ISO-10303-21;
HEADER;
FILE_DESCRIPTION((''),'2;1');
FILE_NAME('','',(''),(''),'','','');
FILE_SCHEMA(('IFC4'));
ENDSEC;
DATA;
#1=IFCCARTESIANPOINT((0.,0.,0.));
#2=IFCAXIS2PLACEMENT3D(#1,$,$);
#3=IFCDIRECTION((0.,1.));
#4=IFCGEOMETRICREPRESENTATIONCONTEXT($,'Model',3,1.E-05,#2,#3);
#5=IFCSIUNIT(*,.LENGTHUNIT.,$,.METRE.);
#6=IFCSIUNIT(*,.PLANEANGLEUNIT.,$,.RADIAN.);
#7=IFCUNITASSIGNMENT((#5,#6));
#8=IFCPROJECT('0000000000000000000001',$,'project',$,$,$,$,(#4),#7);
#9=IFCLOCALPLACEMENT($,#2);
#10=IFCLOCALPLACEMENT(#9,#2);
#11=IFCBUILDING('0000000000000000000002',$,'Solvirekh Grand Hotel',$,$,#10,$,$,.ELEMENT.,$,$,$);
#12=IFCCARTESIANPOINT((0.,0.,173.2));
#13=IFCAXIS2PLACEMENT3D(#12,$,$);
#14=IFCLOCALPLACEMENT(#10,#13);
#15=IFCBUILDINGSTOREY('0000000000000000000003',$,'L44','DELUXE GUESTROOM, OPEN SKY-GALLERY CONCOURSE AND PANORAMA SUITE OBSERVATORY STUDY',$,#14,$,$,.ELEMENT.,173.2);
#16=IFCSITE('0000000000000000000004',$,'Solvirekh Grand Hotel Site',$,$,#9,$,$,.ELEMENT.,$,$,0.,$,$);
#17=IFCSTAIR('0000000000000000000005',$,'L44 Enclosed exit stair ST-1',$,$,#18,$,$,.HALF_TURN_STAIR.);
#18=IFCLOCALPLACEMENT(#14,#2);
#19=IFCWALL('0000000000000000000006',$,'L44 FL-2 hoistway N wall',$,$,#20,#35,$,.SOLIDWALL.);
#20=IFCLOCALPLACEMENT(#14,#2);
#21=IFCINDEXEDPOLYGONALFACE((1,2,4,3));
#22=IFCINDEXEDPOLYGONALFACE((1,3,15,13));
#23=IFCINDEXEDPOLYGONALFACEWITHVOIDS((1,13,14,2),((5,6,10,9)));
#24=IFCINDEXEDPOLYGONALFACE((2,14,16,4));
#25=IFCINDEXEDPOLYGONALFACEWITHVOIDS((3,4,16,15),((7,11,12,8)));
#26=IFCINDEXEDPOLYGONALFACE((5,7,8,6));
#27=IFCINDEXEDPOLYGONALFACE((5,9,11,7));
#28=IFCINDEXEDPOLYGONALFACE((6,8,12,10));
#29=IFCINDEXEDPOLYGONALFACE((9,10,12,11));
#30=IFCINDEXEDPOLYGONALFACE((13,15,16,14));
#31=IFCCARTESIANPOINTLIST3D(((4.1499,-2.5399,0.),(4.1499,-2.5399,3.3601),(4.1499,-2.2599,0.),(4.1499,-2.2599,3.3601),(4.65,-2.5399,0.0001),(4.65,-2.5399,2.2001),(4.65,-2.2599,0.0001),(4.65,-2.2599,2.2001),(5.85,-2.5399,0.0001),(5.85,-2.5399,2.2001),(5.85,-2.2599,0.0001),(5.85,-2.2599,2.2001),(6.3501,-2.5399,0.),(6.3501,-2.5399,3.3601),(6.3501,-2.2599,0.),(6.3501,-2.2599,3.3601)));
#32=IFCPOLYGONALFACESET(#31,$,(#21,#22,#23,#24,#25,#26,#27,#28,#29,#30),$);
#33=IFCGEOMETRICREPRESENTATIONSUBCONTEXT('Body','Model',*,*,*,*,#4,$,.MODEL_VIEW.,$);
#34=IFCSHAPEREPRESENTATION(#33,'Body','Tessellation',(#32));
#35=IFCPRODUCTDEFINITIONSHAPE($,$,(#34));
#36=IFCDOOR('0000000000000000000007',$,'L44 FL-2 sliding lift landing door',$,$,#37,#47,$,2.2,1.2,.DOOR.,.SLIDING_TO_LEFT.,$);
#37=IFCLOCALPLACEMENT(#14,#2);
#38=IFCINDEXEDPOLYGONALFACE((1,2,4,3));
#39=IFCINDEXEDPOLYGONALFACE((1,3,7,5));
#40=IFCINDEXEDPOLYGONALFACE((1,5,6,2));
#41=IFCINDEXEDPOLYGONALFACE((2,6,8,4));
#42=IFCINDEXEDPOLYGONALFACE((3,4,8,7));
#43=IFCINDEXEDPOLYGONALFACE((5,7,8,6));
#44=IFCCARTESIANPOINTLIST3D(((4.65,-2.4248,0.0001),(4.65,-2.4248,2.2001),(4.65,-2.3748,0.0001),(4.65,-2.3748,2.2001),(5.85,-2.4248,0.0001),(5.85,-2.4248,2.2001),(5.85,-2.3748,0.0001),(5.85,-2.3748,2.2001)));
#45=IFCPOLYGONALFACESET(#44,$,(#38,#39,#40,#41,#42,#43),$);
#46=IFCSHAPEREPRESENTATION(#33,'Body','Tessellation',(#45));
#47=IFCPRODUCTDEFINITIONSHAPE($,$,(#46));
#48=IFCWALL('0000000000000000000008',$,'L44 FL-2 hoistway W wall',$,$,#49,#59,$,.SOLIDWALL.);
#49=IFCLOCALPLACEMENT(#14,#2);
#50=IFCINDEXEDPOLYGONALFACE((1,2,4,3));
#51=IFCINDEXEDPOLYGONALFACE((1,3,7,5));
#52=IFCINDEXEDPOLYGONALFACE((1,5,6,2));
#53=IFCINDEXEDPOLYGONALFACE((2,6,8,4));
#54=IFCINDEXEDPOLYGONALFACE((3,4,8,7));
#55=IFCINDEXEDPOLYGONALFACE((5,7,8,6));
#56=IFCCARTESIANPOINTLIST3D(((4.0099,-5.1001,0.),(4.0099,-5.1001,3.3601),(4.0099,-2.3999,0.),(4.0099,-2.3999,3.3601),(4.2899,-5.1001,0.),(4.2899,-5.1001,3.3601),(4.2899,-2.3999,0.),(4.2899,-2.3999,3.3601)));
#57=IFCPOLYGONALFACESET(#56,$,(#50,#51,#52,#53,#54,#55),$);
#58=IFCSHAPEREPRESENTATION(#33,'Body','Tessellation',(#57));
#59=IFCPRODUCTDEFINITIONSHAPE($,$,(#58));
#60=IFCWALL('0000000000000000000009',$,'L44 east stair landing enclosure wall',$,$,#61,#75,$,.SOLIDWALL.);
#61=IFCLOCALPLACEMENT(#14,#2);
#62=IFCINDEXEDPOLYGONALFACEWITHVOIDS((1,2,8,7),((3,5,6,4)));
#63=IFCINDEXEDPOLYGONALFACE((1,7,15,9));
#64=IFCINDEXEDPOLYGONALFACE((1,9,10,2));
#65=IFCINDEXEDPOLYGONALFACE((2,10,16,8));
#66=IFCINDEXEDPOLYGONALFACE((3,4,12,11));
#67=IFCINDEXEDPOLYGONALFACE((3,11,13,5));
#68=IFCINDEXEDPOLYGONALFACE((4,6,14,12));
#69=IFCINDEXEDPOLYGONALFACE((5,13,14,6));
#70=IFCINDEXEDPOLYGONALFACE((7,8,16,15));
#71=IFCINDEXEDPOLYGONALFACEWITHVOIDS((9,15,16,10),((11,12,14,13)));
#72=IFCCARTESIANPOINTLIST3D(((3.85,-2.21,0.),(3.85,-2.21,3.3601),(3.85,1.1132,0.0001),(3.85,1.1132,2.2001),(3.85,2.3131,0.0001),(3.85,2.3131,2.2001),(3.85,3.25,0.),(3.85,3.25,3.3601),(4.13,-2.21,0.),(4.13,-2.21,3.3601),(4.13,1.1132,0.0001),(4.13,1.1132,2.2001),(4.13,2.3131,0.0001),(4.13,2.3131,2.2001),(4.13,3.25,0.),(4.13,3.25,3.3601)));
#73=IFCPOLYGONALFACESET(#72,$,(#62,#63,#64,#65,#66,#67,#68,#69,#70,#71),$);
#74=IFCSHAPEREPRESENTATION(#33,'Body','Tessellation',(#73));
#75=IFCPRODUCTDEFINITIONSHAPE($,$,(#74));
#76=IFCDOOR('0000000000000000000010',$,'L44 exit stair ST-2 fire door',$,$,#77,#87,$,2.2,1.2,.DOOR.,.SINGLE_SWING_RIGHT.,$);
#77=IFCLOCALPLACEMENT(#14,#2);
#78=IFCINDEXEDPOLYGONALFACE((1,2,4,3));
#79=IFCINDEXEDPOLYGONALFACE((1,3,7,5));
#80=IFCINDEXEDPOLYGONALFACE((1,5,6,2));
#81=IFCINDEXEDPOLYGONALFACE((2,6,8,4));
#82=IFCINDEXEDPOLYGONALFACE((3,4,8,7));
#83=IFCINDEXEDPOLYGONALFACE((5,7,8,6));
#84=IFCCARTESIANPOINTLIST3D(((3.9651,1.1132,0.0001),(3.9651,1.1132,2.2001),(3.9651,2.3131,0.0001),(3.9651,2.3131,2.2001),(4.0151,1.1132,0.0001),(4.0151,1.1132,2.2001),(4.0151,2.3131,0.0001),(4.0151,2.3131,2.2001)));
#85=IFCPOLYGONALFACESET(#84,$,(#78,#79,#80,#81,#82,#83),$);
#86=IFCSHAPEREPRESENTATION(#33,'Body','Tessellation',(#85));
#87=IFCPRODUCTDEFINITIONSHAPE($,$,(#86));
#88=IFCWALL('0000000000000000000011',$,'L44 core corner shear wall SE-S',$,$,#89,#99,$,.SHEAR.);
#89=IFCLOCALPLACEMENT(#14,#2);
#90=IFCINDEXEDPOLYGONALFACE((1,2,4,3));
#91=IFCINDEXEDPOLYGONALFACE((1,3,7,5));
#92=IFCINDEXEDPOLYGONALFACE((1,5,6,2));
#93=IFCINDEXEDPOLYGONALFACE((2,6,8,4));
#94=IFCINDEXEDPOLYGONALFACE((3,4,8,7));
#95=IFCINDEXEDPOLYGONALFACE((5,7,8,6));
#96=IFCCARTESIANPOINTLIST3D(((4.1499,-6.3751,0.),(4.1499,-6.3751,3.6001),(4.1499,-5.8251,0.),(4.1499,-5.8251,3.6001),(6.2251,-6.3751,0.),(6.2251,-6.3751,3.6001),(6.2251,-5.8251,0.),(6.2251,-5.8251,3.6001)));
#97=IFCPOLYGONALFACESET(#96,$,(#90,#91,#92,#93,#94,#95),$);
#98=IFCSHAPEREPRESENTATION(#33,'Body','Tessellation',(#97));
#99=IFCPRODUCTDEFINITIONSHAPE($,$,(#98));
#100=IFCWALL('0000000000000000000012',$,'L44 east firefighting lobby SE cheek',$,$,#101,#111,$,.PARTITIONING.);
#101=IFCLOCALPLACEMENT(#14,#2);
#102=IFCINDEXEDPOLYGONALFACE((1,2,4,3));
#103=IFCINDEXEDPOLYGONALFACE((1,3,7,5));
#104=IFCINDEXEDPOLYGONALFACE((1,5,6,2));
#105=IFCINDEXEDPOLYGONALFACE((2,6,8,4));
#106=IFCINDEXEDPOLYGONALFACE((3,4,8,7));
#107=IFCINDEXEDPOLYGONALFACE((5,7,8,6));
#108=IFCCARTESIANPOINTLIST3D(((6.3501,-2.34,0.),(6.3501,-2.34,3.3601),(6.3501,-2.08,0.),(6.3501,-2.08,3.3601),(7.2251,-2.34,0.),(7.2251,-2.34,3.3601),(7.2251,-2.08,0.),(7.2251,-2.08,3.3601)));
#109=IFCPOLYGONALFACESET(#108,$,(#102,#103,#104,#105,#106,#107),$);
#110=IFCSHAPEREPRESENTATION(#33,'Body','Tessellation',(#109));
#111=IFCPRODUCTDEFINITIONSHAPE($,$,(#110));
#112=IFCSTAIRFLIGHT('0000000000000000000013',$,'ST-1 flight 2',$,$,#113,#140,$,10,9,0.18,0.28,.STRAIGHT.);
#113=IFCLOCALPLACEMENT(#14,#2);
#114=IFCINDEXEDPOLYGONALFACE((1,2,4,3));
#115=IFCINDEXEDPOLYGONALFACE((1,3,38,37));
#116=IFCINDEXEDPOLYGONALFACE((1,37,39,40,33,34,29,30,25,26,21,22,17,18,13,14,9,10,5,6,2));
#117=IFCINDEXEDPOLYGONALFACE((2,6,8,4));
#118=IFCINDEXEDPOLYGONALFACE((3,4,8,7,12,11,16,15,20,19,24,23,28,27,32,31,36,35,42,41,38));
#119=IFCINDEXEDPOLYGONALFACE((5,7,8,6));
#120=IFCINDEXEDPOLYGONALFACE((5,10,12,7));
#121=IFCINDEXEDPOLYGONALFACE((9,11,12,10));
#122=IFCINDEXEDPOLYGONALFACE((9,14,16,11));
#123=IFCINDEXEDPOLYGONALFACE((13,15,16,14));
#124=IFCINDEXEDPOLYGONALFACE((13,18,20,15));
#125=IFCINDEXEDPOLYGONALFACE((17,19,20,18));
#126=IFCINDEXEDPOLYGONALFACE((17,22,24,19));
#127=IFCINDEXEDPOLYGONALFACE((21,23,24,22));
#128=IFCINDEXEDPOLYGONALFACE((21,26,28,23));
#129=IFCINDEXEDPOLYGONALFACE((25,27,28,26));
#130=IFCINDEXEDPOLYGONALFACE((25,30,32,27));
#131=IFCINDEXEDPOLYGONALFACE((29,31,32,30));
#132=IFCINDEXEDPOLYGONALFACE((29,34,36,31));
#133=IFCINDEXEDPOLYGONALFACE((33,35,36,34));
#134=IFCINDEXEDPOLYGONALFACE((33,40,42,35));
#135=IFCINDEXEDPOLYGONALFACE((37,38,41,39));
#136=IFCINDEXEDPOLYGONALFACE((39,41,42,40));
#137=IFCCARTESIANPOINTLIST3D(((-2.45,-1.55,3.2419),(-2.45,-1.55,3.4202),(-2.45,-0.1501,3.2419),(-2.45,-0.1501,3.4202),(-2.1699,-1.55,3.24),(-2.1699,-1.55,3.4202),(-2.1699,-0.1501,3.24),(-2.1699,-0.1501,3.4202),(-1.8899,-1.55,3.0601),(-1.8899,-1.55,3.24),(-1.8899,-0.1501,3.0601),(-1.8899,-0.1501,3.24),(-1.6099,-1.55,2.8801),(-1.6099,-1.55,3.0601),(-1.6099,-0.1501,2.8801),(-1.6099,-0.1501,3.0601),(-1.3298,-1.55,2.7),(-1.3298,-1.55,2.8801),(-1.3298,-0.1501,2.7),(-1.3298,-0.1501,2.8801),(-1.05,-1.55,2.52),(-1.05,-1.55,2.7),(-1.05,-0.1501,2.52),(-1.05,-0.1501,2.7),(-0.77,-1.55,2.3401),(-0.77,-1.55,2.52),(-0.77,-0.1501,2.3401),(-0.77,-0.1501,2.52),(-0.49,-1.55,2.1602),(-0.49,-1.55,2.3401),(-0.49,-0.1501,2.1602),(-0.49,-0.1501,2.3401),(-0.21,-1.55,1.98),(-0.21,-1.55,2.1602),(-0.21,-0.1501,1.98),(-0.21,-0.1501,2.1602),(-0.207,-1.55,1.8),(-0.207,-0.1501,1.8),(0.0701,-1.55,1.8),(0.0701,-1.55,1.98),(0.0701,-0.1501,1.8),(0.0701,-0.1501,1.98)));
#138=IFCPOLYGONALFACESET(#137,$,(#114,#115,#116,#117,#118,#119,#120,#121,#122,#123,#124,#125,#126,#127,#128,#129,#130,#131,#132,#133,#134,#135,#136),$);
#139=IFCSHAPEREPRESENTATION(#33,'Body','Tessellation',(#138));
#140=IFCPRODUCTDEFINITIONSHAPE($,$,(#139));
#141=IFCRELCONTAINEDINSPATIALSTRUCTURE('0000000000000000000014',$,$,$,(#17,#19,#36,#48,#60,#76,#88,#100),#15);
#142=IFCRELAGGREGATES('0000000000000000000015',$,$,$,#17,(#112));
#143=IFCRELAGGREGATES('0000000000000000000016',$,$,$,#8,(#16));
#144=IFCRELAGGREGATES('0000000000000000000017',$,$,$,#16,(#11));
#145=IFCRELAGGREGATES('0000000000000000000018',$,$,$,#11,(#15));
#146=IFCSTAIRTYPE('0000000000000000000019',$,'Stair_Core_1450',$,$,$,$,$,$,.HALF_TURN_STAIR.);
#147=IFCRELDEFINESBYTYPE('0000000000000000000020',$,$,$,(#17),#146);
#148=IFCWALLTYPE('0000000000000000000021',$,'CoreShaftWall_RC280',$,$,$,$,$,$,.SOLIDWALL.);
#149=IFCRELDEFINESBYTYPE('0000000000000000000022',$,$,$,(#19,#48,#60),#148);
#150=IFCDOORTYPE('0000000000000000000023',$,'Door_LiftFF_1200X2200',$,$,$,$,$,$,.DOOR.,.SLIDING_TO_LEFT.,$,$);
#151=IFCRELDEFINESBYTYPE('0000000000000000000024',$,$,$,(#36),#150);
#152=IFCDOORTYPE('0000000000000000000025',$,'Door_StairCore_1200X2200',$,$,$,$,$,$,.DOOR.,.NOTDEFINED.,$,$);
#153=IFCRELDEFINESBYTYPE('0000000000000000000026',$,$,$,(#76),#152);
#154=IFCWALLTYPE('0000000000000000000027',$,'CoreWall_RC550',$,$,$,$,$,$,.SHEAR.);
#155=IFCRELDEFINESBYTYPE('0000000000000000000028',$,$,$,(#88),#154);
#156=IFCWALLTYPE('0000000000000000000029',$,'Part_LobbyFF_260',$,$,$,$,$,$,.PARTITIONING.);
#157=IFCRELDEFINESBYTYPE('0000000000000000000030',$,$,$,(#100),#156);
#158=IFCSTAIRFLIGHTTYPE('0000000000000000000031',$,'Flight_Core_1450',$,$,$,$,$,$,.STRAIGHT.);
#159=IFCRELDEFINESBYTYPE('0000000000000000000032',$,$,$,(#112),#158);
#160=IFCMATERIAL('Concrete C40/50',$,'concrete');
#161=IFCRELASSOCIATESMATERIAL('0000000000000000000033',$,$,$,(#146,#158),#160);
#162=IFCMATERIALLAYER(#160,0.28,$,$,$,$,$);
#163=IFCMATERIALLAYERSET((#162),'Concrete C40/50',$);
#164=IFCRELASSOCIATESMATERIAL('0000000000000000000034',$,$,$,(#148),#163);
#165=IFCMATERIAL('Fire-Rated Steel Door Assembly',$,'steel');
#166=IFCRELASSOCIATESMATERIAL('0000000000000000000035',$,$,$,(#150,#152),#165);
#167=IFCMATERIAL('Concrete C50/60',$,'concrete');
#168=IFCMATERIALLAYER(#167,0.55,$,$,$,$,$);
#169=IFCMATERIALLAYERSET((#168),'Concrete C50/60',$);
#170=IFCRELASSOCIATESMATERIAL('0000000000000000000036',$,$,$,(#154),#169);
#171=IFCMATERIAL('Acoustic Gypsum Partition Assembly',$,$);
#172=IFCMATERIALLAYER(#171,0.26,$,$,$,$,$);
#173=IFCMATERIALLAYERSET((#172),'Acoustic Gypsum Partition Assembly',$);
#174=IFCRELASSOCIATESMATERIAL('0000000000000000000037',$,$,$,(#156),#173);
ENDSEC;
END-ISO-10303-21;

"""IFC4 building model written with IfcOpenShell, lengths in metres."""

from ifc_helpers import new_model, si_unit, direction, frame, frame_2d, origin, place, context, subcontext, project, spatial, polyline, rectangle, outline, extrude, material, layer, layer_set, type_object, element, fill, aggregate, save


model = new_model("IFC4")

# Units and contexts
model_context = context("Model", 3, precision=1e-05, world=origin(), true_north=direction((0.0, 1.0)))
body_context = subcontext(model_context, "Body", "Model", "MODEL_VIEW")
ifc_project = project(units=[si_unit("LENGTHUNIT", "METRE"), si_unit("PLANEANGLEUNIT", "RADIAN")], contexts=[model_context])

# Site, building, storey
site_placement = place(None, origin())
site = spatial("IfcSite", under=ifc_project, at=site_placement, Name="Solvirekh Grand Hotel Site", CompositionType="ELEMENT", RefElevation=0.0)
building_placement = place(site_placement, origin())
building = spatial("IfcBuilding", under=site, at=building_placement, Name="Solvirekh Grand Hotel", CompositionType="ELEMENT")
storey_placement = place(building_placement, frame((0.0, 0.0, 173.2)))
storey = spatial("IfcBuildingStorey", under=building, at=storey_placement, Name="L44", Description="DELUXE GUESTROOM, OPEN SKY-GALLERY CONCOURSE AND PANORAMA SUITE OBSERVATORY STUDY", CompositionType="ELEMENT", Elevation=173.2)

# Shared definitions
ifc_material_1 = material(Name="Concrete C50/60", Category="concrete")

# Stair
ifc_material_2 = material(Name="Concrete C40/50", Category="concrete")
stair_type = type_object("IfcStairType", Name="Stair_Core_1450", PredefinedType="HALF_TURN_STAIR", material=ifc_material_2)
stair_1_placement = place(storey_placement, origin())
stair_1 = element("IfcStair", 1, at=stair_1_placement, inside=storey, type_object=stair_type, Name="L44 Enclosed exit stair ST-1", PredefinedType="HALF_TURN_STAIR")

# Shared definitions
ifc_layer_1 = layer(ifc_material_2, 0.28)
ifc_layer_set_1 = layer_set([ifc_layer_1], Name="Concrete C40/50")
wall_type_1 = type_object("IfcWallType", Name="CoreShaftWall_RC280", PredefinedType="SOLIDWALL", material=ifc_layer_set_1)

# Wall, opening, door
wall_1_placement = place(storey_placement, frame((6.3501, -2.3999, 0.0), z_axis=(0.0, 0.0, 1.0), x_axis=(-1.0, 0.0, 0.0)))
wall_1 = element("IfcWall", 2, at=wall_1_placement, inside=storey, type_object=wall_type_1, Name="L44 FL-2 hoistway N wall", PredefinedType="SOLIDWALL", context=body_context, shape_type="SweptSolid", body=[
    extrude(rectangle(XDim=2.2002, YDim=0.28, at=frame_2d((1.1001, 0.0))), origin(), (0.0, 0.0, 1.0), 3.3601),
])
opening_1_placement = place(wall_1_placement, frame((0.5, 0.0, 0.0)))
opening_1 = element("IfcOpeningElement", 3, at=opening_1_placement, cuts=wall_1, PredefinedType="OPENING", context=body_context, shape_type="SweptSolid", body=[
    extrude(rectangle(XDim=1.2, YDim=2.2, at=frame_2d((0.6001, 1.1001))), frame((0.0, 0.1499, 0.0), z_axis=(0.0, -1.0, 0.0), x_axis=(1.0, 0.0, 0.0)), (0.0, 0.0, 1.0), 0.3),
])
ifc_material_3 = material(Name="Fire-Rated Steel Door Assembly", Category="steel")
door_type_1 = type_object("IfcDoorType", Name="Door_LiftFF_1200X2200", OperationType="SLIDING_TO_LEFT", PredefinedType="DOOR", material=ifc_material_3)
door_1_placement = place(opening_1_placement, origin())
door_1 = element("IfcDoor", 4, at=door_1_placement, inside=storey, type_object=door_type_1, Name="L44 FL-2 sliding lift landing door", OperationType="SLIDING_TO_LEFT", OverallHeight=2.2, OverallWidth=1.2, PredefinedType="DOOR", context=body_context, shape_type="SweptSolid", body=[
    extrude(rectangle(XDim=1.2, YDim=2.2, at=frame_2d((0.6001, 1.1001))), frame((0.0, 0.0249, 0.0), z_axis=(0.0, -1.0, 0.0), x_axis=(1.0, 0.0, 0.0)), (0.0, 0.0, 1.0), 0.05),
])
fill(opening_1, door_1)

# Wall
wall_2_placement = place(storey_placement, frame((4.1499, -2.3999, 0.0), z_axis=(0.0, 0.0, 1.0), x_axis=(0.0, -1.0, 0.0)))
element("IfcWall", 5, at=wall_2_placement, inside=storey, type_object=wall_type_1, Name="L44 FL-2 hoistway W wall", PredefinedType="SOLIDWALL", context=body_context, shape_type="SweptSolid", body=[
    extrude(rectangle(XDim=2.7002, YDim=0.28, at=frame_2d((1.3501, 0.0))), origin(), (0.0, 0.0, 1.0), 3.3601),
])

# Wall, opening, door
wall_3_placement = place(storey_placement, frame((3.99, -2.21, 0.0), z_axis=(0.0, 0.0, 1.0), x_axis=(0.0, 1.0, 0.0)))
wall_3 = element("IfcWall", 6, at=wall_3_placement, inside=storey, type_object=wall_type_1, Name="L44 east stair landing enclosure wall", PredefinedType="SOLIDWALL", context=body_context, shape_type="SweptSolid", body=[
    extrude(rectangle(XDim=5.46, YDim=0.28, at=frame_2d((2.73, 0.0))), origin(), (0.0, 0.0, 1.0), 3.3601),
])
opening_2_placement = place(wall_3_placement, frame((3.323, 0.0, 0.0)))
opening_2 = element("IfcOpeningElement", 7, at=opening_2_placement, cuts=wall_3, PredefinedType="OPENING", context=body_context, shape_type="SweptSolid", body=[
    extrude(rectangle(XDim=1.2, YDim=2.2, at=frame_2d((0.6001, 1.1001))), frame((0.0, 0.1499, 0.0), z_axis=(0.0, -1.0, 0.0), x_axis=(1.0, 0.0, 0.0)), (0.0, 0.0, 1.0), 0.3),
])
door_type_2 = type_object("IfcDoorType", Name="Door_StairCore_1200X2200", OperationType="NOTDEFINED", PredefinedType="DOOR", material=ifc_material_3)
door_2_placement = place(opening_2_placement, origin())
door_2 = element("IfcDoor", 8, at=door_2_placement, inside=storey, type_object=door_type_2, Name="L44 exit stair ST-2 fire door", OperationType="SINGLE_SWING_RIGHT", OverallHeight=2.2, OverallWidth=1.2, PredefinedType="DOOR", context=body_context, shape_type="SweptSolid", body=[
    extrude(rectangle(XDim=1.2, YDim=2.2, at=frame_2d((0.6001, 1.1001))), frame((0.0, 0.0249, 0.0), z_axis=(0.0, -1.0, 0.0), x_axis=(1.0, 0.0, 0.0)), (0.0, 0.0, 1.0), 0.05),
])
fill(opening_2, door_2)

# Walls
ifc_layer_2 = layer(ifc_material_1, 0.55)
ifc_layer_set_2 = layer_set([ifc_layer_2], Name="Concrete C50/60")
wall_type_2 = type_object("IfcWallType", Name="CoreWall_RC550", PredefinedType="SHEAR", material=ifc_layer_set_2)
wall_4_placement = place(storey_placement, frame((4.1499, -6.1001, 0.0), z_axis=(0.0, 0.0, 1.0), x_axis=(1.0, 0.0, 0.0)))
element("IfcWall", 9, at=wall_4_placement, inside=storey, type_object=wall_type_2, Name="L44 core corner shear wall SE-S", PredefinedType="SHEAR", context=body_context, shape_type="SweptSolid", body=[
    extrude(rectangle(XDim=2.0752, YDim=0.55, at=frame_2d((1.0376, 0.0))), origin(), (0.0, 0.0, 1.0), 3.6001),
])
ifc_material_4 = material(Name="Acoustic Gypsum Partition Assembly")
ifc_layer_3 = layer(ifc_material_4, 0.26)
ifc_layer_set_3 = layer_set([ifc_layer_3], Name="Acoustic Gypsum Partition Assembly")
wall_type_3 = type_object("IfcWallType", Name="Part_LobbyFF_260", PredefinedType="PARTITIONING", material=ifc_layer_set_3)
wall_5_placement = place(storey_placement, frame((6.3501, -2.21, 0.0), z_axis=(0.0, 0.0, 1.0), x_axis=(1.0, 0.0, 0.0)))
element("IfcWall", 10, at=wall_5_placement, inside=storey, type_object=wall_type_3, Name="L44 east firefighting lobby SE cheek", PredefinedType="PARTITIONING", context=body_context, shape_type="SweptSolid", body=[
    extrude(rectangle(XDim=0.875, YDim=0.26, at=frame_2d((0.4375, 0.0))), origin(), (0.0, 0.0, 1.0), 3.3601),
])

# Stair flight
stair_flight_type = type_object("IfcStairFlightType", Name="Flight_Core_1450", PredefinedType="STRAIGHT", material=ifc_material_2)
stair_flight_placement = place(storey_placement, frame((0.0701, -0.8501, 1.8), z_axis=(0.0, 0.0, 1.0), x_axis=(-1.0, 0.0, 0.0)))
stair_flight = element("IfcStairFlight", 11, at=stair_flight_placement, type_object=stair_flight_type, Name="ST-1 flight 2", NumberOfRisers=10, NumberOfTreads=9, PredefinedType="STRAIGHT", RiserHeight=0.18, TreadLength=0.28, context=body_context, shape_type="SweptSolid", body=[
    extrude(outline(polyline([(0.0, 0.0), (0.0, 0.1799), (0.28, 0.1799), (0.28, 0.3601), (0.5601, 0.3601), (0.5601, 0.54), (0.8401, 0.54), (0.8401, 0.72), (1.1201, 0.72), (1.1201, 0.8999), (1.3999, 0.8999), (1.3999, 1.0801), (1.6799, 1.0801), (1.6799, 1.26), (1.96, 1.26), (1.96, 1.4399), (2.24, 1.4399), (2.24, 1.6201), (2.52, 1.6201), (2.52, 1.8), (2.52, 1.4419), (0.2771, 0.0), (0.0, 0.0)])), frame((0.0, 0.7, 0.0), z_axis=(0.0, -1.0, 0.0), x_axis=(1.0, 0.0, 0.0)), (0.0, 0.0, 1.0), 1.3999),
])
aggregate(stair_1, [stair_flight])

save(model, "model.ifc")
